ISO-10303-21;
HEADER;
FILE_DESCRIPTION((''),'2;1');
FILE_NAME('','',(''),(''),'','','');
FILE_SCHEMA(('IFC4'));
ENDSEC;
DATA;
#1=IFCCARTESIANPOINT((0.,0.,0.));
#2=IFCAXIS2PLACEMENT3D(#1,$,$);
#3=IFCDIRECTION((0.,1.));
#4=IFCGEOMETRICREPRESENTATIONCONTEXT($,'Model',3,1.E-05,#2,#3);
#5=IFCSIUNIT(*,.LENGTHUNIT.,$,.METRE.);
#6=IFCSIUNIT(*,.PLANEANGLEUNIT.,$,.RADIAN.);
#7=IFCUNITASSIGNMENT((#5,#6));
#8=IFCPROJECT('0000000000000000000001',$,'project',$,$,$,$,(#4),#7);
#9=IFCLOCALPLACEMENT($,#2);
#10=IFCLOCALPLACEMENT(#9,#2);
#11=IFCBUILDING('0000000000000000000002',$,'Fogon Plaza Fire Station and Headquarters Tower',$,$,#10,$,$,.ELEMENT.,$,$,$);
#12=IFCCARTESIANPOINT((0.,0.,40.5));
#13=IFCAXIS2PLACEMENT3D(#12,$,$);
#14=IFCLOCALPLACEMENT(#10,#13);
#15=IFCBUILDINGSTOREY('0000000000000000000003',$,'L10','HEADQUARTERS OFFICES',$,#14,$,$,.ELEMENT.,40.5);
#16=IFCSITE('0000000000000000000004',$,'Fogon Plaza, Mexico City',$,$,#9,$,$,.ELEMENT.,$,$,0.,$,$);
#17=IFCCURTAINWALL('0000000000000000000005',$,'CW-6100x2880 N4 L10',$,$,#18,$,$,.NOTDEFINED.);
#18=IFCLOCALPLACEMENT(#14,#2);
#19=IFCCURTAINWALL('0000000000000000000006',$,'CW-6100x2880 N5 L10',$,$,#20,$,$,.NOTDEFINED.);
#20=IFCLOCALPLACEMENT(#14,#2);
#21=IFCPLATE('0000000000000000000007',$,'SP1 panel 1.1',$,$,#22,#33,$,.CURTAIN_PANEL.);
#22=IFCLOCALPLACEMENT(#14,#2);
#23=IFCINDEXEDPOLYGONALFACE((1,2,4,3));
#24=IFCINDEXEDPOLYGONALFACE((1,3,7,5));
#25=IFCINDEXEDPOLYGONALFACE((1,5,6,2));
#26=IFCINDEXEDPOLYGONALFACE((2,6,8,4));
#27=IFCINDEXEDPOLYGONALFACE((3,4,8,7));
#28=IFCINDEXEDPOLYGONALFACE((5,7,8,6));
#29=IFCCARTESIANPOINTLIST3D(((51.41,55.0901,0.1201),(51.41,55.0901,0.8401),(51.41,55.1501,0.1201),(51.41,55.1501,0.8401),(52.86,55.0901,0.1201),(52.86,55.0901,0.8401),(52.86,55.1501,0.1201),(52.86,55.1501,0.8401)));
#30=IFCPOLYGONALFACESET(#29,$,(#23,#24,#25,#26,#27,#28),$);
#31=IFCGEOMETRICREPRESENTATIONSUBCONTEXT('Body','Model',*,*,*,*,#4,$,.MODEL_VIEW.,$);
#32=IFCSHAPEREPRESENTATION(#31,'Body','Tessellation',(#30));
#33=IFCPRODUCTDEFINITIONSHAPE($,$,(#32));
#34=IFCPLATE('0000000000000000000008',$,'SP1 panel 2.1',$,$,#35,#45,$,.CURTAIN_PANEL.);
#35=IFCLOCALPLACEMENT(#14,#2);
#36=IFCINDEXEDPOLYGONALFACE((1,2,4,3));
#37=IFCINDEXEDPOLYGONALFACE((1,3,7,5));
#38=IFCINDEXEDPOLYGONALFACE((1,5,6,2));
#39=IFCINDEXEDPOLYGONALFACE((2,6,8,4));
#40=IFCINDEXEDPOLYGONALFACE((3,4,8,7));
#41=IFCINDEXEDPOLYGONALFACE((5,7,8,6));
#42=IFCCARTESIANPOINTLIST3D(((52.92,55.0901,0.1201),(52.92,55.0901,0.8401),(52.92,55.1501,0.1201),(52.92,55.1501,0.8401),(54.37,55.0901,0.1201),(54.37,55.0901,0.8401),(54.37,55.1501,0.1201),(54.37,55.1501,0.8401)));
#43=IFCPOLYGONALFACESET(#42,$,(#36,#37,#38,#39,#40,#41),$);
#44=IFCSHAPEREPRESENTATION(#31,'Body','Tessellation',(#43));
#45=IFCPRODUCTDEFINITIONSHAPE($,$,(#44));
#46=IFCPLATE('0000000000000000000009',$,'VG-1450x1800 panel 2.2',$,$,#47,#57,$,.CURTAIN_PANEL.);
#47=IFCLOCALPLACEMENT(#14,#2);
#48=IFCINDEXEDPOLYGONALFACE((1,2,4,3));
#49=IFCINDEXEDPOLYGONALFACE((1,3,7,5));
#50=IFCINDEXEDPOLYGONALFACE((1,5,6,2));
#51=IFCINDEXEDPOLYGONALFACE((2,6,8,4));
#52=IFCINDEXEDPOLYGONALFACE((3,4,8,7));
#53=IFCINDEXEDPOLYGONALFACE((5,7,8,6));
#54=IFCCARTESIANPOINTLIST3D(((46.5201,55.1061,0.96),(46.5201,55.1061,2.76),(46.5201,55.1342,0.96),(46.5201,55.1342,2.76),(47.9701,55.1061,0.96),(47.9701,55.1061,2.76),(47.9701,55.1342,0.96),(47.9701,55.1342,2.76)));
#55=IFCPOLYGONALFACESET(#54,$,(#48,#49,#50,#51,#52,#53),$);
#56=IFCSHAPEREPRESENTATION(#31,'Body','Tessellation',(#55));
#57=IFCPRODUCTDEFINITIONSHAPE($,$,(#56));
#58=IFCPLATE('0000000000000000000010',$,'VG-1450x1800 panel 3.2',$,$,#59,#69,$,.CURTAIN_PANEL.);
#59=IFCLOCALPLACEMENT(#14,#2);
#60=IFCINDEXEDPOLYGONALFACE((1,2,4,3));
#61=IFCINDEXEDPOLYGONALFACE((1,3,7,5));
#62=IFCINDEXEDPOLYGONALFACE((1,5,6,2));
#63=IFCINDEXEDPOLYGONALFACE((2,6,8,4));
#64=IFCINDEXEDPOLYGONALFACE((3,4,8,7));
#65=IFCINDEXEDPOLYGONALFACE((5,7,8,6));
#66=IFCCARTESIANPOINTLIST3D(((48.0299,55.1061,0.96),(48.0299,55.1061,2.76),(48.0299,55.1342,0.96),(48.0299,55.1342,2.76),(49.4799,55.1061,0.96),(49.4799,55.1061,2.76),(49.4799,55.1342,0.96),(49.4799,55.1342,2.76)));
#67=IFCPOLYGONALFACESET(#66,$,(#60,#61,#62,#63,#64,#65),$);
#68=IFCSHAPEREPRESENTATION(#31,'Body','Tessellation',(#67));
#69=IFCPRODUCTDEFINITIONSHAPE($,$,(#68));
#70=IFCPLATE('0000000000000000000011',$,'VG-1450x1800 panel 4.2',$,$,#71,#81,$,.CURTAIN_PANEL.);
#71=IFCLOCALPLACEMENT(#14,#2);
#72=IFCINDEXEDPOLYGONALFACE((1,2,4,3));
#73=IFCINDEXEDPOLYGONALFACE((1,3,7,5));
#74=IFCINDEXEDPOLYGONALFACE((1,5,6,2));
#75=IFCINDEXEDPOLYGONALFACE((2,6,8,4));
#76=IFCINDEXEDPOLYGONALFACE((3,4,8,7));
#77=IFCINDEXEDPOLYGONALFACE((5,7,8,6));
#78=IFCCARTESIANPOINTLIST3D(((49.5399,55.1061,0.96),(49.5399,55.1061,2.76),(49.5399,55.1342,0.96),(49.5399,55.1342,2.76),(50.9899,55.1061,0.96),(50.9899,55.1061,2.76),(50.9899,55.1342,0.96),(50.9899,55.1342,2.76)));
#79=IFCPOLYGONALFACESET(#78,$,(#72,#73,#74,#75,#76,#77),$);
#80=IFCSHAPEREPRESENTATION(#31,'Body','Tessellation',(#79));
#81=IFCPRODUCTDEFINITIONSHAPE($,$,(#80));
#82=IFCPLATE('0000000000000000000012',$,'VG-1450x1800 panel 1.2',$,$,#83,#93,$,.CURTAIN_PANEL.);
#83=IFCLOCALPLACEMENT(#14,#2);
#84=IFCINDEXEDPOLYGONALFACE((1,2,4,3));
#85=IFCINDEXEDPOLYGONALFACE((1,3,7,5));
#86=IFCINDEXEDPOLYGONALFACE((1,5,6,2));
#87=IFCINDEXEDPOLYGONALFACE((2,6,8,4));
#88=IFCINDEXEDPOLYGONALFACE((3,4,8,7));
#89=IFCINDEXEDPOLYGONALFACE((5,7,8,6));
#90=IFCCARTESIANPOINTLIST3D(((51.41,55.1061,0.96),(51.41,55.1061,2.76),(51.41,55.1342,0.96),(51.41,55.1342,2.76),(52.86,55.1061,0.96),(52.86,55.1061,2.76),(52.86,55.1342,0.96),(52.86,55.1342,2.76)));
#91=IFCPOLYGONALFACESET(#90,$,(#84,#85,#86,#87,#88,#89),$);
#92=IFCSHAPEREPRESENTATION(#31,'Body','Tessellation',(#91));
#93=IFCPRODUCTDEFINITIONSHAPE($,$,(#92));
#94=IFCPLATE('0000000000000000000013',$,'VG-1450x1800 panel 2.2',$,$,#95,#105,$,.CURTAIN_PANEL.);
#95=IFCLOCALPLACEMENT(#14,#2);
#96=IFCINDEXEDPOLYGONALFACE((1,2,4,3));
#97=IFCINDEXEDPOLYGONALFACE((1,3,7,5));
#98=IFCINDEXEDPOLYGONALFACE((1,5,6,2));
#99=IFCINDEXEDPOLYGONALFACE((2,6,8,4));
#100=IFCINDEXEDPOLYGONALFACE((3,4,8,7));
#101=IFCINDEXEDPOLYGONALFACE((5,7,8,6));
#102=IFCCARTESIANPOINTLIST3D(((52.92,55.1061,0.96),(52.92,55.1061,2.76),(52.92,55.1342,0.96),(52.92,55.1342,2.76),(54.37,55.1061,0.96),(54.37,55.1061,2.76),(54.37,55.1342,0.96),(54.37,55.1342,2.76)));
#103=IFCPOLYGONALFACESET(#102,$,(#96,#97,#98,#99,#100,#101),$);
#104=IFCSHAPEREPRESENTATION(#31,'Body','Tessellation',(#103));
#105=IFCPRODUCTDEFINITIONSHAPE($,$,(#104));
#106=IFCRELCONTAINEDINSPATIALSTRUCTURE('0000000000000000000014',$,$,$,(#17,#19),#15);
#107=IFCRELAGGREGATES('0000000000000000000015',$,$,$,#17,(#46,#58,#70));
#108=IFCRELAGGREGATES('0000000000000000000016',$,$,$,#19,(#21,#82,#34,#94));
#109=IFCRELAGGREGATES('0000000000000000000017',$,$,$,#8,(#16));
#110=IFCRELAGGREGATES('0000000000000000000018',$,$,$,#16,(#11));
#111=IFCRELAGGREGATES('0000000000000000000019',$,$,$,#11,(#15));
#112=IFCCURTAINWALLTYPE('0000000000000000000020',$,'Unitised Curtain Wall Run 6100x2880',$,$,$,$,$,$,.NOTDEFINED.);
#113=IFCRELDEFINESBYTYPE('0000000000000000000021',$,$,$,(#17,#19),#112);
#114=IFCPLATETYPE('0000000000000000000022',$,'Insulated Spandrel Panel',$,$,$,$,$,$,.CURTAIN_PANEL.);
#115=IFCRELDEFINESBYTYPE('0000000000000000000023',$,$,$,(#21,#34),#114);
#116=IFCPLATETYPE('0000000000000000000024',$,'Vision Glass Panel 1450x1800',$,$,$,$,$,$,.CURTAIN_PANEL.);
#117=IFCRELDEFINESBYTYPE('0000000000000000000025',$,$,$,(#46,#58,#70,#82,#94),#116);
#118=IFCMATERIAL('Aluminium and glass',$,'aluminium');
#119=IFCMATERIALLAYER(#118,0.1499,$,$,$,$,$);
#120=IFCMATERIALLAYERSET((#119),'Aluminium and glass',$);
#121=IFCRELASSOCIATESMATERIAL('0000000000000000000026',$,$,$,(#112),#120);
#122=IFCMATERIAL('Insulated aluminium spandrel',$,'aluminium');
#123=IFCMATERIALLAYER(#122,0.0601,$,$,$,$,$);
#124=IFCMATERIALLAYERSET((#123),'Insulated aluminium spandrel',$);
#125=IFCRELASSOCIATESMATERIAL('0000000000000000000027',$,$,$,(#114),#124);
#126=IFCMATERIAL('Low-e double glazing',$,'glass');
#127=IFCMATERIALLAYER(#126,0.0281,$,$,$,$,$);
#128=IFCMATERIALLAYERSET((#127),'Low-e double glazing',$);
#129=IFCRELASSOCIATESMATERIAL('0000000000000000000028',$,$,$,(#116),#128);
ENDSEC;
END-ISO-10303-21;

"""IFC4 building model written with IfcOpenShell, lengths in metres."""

from ifc_helpers import new_model, si_unit, direction, frame, origin, origin_2d, place, context, subcontext, project, spatial, rectangle, extrude, material, layer, layer_set, type_object, element, aggregate, save


model = new_model("IFC4")

# Units and contexts
model_context = context("Model", 3, precision=1e-05, world=origin(), true_north=direction((0.0, 1.0)))
body_context = subcontext(model_context, "Body", "Model", "MODEL_VIEW")
ifc_project = project(units=[si_unit("LENGTHUNIT", "METRE"), si_unit("PLANEANGLEUNIT", "RADIAN")], contexts=[model_context])

# Site, building, storey
site_placement = place(None, origin())
site = spatial("IfcSite", under=ifc_project, at=site_placement, Name="Fogon Plaza, Mexico City", CompositionType="ELEMENT", RefElevation=0.0)
building_placement = place(site_placement, origin())
building = spatial("IfcBuilding", under=site, at=building_placement, Name="Fogon Plaza Fire Station and Headquarters Tower", CompositionType="ELEMENT")
storey_placement = place(building_placement, frame((0.0, 0.0, 40.5)))
storey = spatial("IfcBuildingStorey", under=building, at=storey_placement, Name="L10", Description="HEADQUARTERS OFFICES", CompositionType="ELEMENT", Elevation=40.5)

# Curtain walls
ifc_material_1 = material(Name="Aluminium and glass", Category="aluminium")
ifc_layer_1 = layer(ifc_material_1, 0.1499)
ifc_layer_set_1 = layer_set([ifc_layer_1], Name="Aluminium and glass")
curtain_wall_type = type_object("IfcCurtainWallType", Name="Unitised Curtain Wall Run 6100x2880", PredefinedType="NOTDEFINED", material=ifc_layer_set_1)
curtain_wall_1_placement = place(storey_placement, origin())
curtain_wall_1 = element("IfcCurtainWall", 1, at=curtain_wall_1_placement, inside=storey, type_object=curtain_wall_type, Name="CW-6100x2880 N4 L10", PredefinedType="NOTDEFINED")
curtain_wall_2_placement = place(storey_placement, origin())
curtain_wall_2 = element("IfcCurtainWall", 2, at=curtain_wall_2_placement, inside=storey, type_object=curtain_wall_type, Name="CW-6100x2880 N5 L10", PredefinedType="NOTDEFINED")

# Plates
ifc_material_2 = material(Name="Insulated aluminium spandrel", Category="aluminium")
ifc_layer_2 = layer(ifc_material_2, 0.0601)
ifc_layer_set_2 = layer_set([ifc_layer_2], Name="Insulated aluminium spandrel")
plate_type_1 = type_object("IfcPlateType", Name="Insulated Spandrel Panel", PredefinedType="CURTAIN_PANEL", material=ifc_layer_set_2)
plate_1_placement = place(storey_placement, frame((52.135, 55.1201, 0.1201), z_axis=(0.0, 0.0, 1.0), x_axis=(1.0, 0.0, 0.0)))
plate_1 = element("IfcPlate", 3, at=plate_1_placement, type_object=plate_type_1, Name="SP1 panel 1.1", PredefinedType="CURTAIN_PANEL", context=body_context, shape_type="SweptSolid", body=[
    extrude(rectangle(XDim=1.45, YDim=0.0601, at=origin_2d()), origin(), (0.0, 0.0, 1.0), 0.72),
])
plate_2_placement = place(storey_placement, frame((53.645, 55.1201, 0.1201), z_axis=(0.0, 0.0, 1.0), x_axis=(1.0, 0.0, 0.0)))
plate_2 = element("IfcPlate", 4, at=plate_2_placement, type_object=plate_type_1, Name="SP1 panel 2.1", PredefinedType="CURTAIN_PANEL", context=body_context, shape_type="SweptSolid", body=[
    extrude(rectangle(XDim=1.45, YDim=0.0601, at=origin_2d()), origin(), (0.0, 0.0, 1.0), 0.72),
])
ifc_material_3 = material(Name="Low-e double glazing", Category="glass")
ifc_layer_3 = layer(ifc_material_3, 0.0281)
ifc_layer_set_3 = layer_set([ifc_layer_3], Name="Low-e double glazing")
plate_type_2 = type_object("IfcPlateType", Name="Vision Glass Panel 1450x1800", PredefinedType="CURTAIN_PANEL", material=ifc_layer_set_3)
plate_3_placement = place(storey_placement, frame((47.2451, 55.1201, 0.96), z_axis=(0.0, 0.0, 1.0), x_axis=(1.0, 0.0, 0.0)))
plate_3 = element("IfcPlate", 5, at=plate_3_placement, type_object=plate_type_2, Name="VG-1450x1800 panel 2.2", PredefinedType="CURTAIN_PANEL", context=body_context, shape_type="SweptSolid", body=[
    extrude(rectangle(XDim=1.45, YDim=0.0281, at=origin_2d()), origin(), (0.0, 0.0, 1.0), 1.8),
])
plate_4_placement = place(storey_placement, frame((48.7549, 55.1201, 0.96), z_axis=(0.0, 0.0, 1.0), x_axis=(1.0, 0.0, 0.0)))
plate_4 = element("IfcPlate", 6, at=plate_4_placement, type_object=plate_type_2, Name="VG-1450x1800 panel 3.2", PredefinedType="CURTAIN_PANEL", context=body_context, shape_type="SweptSolid", body=[
    extrude(rectangle(XDim=1.45, YDim=0.0281, at=origin_2d()), origin(), (0.0, 0.0, 1.0), 1.8),
])
plate_5_placement = place(storey_placement, frame((50.2649, 55.1201, 0.96), z_axis=(0.0, 0.0, 1.0), x_axis=(1.0, 0.0, 0.0)))
plate_5 = element("IfcPlate", 7, at=plate_5_placement, type_object=plate_type_2, Name="VG-1450x1800 panel 4.2", PredefinedType="CURTAIN_PANEL", context=body_context, shape_type="SweptSolid", body=[
    extrude(rectangle(XDim=1.45, YDim=0.0281, at=origin_2d()), origin(), (0.0, 0.0, 1.0), 1.8),
])
aggregate(curtain_wall_1, [plate_3, plate_4, plate_5])
plate_6_placement = place(storey_placement, frame((52.135, 55.1201, 0.96), z_axis=(0.0, 0.0, 1.0), x_axis=(1.0, 0.0, 0.0)))
plate_6 = element("IfcPlate", 8, at=plate_6_placement, type_object=plate_type_2, Name="VG-1450x1800 panel 1.2", PredefinedType="CURTAIN_PANEL", context=body_context, shape_type="SweptSolid", body=[
    extrude(rectangle(XDim=1.45, YDim=0.0281, at=origin_2d()), origin(), (0.0, 0.0, 1.0), 1.8),
])
plate_7_placement = place(storey_placement, frame((53.645, 55.1201, 0.96), z_axis=(0.0, 0.0, 1.0), x_axis=(1.0, 0.0, 0.0)))
plate_7 = element("IfcPlate", 9, at=plate_7_placement, type_object=plate_type_2, Name="VG-1450x1800 panel 2.2", PredefinedType="CURTAIN_PANEL", context=body_context, shape_type="SweptSolid", body=[
    extrude(rectangle(XDim=1.45, YDim=0.0281, at=origin_2d()), origin(), (0.0, 0.0, 1.0), 1.8),
])
aggregate(curtain_wall_2, [plate_1, plate_6, plate_2, plate_7])

save(model, "model.ifc")
